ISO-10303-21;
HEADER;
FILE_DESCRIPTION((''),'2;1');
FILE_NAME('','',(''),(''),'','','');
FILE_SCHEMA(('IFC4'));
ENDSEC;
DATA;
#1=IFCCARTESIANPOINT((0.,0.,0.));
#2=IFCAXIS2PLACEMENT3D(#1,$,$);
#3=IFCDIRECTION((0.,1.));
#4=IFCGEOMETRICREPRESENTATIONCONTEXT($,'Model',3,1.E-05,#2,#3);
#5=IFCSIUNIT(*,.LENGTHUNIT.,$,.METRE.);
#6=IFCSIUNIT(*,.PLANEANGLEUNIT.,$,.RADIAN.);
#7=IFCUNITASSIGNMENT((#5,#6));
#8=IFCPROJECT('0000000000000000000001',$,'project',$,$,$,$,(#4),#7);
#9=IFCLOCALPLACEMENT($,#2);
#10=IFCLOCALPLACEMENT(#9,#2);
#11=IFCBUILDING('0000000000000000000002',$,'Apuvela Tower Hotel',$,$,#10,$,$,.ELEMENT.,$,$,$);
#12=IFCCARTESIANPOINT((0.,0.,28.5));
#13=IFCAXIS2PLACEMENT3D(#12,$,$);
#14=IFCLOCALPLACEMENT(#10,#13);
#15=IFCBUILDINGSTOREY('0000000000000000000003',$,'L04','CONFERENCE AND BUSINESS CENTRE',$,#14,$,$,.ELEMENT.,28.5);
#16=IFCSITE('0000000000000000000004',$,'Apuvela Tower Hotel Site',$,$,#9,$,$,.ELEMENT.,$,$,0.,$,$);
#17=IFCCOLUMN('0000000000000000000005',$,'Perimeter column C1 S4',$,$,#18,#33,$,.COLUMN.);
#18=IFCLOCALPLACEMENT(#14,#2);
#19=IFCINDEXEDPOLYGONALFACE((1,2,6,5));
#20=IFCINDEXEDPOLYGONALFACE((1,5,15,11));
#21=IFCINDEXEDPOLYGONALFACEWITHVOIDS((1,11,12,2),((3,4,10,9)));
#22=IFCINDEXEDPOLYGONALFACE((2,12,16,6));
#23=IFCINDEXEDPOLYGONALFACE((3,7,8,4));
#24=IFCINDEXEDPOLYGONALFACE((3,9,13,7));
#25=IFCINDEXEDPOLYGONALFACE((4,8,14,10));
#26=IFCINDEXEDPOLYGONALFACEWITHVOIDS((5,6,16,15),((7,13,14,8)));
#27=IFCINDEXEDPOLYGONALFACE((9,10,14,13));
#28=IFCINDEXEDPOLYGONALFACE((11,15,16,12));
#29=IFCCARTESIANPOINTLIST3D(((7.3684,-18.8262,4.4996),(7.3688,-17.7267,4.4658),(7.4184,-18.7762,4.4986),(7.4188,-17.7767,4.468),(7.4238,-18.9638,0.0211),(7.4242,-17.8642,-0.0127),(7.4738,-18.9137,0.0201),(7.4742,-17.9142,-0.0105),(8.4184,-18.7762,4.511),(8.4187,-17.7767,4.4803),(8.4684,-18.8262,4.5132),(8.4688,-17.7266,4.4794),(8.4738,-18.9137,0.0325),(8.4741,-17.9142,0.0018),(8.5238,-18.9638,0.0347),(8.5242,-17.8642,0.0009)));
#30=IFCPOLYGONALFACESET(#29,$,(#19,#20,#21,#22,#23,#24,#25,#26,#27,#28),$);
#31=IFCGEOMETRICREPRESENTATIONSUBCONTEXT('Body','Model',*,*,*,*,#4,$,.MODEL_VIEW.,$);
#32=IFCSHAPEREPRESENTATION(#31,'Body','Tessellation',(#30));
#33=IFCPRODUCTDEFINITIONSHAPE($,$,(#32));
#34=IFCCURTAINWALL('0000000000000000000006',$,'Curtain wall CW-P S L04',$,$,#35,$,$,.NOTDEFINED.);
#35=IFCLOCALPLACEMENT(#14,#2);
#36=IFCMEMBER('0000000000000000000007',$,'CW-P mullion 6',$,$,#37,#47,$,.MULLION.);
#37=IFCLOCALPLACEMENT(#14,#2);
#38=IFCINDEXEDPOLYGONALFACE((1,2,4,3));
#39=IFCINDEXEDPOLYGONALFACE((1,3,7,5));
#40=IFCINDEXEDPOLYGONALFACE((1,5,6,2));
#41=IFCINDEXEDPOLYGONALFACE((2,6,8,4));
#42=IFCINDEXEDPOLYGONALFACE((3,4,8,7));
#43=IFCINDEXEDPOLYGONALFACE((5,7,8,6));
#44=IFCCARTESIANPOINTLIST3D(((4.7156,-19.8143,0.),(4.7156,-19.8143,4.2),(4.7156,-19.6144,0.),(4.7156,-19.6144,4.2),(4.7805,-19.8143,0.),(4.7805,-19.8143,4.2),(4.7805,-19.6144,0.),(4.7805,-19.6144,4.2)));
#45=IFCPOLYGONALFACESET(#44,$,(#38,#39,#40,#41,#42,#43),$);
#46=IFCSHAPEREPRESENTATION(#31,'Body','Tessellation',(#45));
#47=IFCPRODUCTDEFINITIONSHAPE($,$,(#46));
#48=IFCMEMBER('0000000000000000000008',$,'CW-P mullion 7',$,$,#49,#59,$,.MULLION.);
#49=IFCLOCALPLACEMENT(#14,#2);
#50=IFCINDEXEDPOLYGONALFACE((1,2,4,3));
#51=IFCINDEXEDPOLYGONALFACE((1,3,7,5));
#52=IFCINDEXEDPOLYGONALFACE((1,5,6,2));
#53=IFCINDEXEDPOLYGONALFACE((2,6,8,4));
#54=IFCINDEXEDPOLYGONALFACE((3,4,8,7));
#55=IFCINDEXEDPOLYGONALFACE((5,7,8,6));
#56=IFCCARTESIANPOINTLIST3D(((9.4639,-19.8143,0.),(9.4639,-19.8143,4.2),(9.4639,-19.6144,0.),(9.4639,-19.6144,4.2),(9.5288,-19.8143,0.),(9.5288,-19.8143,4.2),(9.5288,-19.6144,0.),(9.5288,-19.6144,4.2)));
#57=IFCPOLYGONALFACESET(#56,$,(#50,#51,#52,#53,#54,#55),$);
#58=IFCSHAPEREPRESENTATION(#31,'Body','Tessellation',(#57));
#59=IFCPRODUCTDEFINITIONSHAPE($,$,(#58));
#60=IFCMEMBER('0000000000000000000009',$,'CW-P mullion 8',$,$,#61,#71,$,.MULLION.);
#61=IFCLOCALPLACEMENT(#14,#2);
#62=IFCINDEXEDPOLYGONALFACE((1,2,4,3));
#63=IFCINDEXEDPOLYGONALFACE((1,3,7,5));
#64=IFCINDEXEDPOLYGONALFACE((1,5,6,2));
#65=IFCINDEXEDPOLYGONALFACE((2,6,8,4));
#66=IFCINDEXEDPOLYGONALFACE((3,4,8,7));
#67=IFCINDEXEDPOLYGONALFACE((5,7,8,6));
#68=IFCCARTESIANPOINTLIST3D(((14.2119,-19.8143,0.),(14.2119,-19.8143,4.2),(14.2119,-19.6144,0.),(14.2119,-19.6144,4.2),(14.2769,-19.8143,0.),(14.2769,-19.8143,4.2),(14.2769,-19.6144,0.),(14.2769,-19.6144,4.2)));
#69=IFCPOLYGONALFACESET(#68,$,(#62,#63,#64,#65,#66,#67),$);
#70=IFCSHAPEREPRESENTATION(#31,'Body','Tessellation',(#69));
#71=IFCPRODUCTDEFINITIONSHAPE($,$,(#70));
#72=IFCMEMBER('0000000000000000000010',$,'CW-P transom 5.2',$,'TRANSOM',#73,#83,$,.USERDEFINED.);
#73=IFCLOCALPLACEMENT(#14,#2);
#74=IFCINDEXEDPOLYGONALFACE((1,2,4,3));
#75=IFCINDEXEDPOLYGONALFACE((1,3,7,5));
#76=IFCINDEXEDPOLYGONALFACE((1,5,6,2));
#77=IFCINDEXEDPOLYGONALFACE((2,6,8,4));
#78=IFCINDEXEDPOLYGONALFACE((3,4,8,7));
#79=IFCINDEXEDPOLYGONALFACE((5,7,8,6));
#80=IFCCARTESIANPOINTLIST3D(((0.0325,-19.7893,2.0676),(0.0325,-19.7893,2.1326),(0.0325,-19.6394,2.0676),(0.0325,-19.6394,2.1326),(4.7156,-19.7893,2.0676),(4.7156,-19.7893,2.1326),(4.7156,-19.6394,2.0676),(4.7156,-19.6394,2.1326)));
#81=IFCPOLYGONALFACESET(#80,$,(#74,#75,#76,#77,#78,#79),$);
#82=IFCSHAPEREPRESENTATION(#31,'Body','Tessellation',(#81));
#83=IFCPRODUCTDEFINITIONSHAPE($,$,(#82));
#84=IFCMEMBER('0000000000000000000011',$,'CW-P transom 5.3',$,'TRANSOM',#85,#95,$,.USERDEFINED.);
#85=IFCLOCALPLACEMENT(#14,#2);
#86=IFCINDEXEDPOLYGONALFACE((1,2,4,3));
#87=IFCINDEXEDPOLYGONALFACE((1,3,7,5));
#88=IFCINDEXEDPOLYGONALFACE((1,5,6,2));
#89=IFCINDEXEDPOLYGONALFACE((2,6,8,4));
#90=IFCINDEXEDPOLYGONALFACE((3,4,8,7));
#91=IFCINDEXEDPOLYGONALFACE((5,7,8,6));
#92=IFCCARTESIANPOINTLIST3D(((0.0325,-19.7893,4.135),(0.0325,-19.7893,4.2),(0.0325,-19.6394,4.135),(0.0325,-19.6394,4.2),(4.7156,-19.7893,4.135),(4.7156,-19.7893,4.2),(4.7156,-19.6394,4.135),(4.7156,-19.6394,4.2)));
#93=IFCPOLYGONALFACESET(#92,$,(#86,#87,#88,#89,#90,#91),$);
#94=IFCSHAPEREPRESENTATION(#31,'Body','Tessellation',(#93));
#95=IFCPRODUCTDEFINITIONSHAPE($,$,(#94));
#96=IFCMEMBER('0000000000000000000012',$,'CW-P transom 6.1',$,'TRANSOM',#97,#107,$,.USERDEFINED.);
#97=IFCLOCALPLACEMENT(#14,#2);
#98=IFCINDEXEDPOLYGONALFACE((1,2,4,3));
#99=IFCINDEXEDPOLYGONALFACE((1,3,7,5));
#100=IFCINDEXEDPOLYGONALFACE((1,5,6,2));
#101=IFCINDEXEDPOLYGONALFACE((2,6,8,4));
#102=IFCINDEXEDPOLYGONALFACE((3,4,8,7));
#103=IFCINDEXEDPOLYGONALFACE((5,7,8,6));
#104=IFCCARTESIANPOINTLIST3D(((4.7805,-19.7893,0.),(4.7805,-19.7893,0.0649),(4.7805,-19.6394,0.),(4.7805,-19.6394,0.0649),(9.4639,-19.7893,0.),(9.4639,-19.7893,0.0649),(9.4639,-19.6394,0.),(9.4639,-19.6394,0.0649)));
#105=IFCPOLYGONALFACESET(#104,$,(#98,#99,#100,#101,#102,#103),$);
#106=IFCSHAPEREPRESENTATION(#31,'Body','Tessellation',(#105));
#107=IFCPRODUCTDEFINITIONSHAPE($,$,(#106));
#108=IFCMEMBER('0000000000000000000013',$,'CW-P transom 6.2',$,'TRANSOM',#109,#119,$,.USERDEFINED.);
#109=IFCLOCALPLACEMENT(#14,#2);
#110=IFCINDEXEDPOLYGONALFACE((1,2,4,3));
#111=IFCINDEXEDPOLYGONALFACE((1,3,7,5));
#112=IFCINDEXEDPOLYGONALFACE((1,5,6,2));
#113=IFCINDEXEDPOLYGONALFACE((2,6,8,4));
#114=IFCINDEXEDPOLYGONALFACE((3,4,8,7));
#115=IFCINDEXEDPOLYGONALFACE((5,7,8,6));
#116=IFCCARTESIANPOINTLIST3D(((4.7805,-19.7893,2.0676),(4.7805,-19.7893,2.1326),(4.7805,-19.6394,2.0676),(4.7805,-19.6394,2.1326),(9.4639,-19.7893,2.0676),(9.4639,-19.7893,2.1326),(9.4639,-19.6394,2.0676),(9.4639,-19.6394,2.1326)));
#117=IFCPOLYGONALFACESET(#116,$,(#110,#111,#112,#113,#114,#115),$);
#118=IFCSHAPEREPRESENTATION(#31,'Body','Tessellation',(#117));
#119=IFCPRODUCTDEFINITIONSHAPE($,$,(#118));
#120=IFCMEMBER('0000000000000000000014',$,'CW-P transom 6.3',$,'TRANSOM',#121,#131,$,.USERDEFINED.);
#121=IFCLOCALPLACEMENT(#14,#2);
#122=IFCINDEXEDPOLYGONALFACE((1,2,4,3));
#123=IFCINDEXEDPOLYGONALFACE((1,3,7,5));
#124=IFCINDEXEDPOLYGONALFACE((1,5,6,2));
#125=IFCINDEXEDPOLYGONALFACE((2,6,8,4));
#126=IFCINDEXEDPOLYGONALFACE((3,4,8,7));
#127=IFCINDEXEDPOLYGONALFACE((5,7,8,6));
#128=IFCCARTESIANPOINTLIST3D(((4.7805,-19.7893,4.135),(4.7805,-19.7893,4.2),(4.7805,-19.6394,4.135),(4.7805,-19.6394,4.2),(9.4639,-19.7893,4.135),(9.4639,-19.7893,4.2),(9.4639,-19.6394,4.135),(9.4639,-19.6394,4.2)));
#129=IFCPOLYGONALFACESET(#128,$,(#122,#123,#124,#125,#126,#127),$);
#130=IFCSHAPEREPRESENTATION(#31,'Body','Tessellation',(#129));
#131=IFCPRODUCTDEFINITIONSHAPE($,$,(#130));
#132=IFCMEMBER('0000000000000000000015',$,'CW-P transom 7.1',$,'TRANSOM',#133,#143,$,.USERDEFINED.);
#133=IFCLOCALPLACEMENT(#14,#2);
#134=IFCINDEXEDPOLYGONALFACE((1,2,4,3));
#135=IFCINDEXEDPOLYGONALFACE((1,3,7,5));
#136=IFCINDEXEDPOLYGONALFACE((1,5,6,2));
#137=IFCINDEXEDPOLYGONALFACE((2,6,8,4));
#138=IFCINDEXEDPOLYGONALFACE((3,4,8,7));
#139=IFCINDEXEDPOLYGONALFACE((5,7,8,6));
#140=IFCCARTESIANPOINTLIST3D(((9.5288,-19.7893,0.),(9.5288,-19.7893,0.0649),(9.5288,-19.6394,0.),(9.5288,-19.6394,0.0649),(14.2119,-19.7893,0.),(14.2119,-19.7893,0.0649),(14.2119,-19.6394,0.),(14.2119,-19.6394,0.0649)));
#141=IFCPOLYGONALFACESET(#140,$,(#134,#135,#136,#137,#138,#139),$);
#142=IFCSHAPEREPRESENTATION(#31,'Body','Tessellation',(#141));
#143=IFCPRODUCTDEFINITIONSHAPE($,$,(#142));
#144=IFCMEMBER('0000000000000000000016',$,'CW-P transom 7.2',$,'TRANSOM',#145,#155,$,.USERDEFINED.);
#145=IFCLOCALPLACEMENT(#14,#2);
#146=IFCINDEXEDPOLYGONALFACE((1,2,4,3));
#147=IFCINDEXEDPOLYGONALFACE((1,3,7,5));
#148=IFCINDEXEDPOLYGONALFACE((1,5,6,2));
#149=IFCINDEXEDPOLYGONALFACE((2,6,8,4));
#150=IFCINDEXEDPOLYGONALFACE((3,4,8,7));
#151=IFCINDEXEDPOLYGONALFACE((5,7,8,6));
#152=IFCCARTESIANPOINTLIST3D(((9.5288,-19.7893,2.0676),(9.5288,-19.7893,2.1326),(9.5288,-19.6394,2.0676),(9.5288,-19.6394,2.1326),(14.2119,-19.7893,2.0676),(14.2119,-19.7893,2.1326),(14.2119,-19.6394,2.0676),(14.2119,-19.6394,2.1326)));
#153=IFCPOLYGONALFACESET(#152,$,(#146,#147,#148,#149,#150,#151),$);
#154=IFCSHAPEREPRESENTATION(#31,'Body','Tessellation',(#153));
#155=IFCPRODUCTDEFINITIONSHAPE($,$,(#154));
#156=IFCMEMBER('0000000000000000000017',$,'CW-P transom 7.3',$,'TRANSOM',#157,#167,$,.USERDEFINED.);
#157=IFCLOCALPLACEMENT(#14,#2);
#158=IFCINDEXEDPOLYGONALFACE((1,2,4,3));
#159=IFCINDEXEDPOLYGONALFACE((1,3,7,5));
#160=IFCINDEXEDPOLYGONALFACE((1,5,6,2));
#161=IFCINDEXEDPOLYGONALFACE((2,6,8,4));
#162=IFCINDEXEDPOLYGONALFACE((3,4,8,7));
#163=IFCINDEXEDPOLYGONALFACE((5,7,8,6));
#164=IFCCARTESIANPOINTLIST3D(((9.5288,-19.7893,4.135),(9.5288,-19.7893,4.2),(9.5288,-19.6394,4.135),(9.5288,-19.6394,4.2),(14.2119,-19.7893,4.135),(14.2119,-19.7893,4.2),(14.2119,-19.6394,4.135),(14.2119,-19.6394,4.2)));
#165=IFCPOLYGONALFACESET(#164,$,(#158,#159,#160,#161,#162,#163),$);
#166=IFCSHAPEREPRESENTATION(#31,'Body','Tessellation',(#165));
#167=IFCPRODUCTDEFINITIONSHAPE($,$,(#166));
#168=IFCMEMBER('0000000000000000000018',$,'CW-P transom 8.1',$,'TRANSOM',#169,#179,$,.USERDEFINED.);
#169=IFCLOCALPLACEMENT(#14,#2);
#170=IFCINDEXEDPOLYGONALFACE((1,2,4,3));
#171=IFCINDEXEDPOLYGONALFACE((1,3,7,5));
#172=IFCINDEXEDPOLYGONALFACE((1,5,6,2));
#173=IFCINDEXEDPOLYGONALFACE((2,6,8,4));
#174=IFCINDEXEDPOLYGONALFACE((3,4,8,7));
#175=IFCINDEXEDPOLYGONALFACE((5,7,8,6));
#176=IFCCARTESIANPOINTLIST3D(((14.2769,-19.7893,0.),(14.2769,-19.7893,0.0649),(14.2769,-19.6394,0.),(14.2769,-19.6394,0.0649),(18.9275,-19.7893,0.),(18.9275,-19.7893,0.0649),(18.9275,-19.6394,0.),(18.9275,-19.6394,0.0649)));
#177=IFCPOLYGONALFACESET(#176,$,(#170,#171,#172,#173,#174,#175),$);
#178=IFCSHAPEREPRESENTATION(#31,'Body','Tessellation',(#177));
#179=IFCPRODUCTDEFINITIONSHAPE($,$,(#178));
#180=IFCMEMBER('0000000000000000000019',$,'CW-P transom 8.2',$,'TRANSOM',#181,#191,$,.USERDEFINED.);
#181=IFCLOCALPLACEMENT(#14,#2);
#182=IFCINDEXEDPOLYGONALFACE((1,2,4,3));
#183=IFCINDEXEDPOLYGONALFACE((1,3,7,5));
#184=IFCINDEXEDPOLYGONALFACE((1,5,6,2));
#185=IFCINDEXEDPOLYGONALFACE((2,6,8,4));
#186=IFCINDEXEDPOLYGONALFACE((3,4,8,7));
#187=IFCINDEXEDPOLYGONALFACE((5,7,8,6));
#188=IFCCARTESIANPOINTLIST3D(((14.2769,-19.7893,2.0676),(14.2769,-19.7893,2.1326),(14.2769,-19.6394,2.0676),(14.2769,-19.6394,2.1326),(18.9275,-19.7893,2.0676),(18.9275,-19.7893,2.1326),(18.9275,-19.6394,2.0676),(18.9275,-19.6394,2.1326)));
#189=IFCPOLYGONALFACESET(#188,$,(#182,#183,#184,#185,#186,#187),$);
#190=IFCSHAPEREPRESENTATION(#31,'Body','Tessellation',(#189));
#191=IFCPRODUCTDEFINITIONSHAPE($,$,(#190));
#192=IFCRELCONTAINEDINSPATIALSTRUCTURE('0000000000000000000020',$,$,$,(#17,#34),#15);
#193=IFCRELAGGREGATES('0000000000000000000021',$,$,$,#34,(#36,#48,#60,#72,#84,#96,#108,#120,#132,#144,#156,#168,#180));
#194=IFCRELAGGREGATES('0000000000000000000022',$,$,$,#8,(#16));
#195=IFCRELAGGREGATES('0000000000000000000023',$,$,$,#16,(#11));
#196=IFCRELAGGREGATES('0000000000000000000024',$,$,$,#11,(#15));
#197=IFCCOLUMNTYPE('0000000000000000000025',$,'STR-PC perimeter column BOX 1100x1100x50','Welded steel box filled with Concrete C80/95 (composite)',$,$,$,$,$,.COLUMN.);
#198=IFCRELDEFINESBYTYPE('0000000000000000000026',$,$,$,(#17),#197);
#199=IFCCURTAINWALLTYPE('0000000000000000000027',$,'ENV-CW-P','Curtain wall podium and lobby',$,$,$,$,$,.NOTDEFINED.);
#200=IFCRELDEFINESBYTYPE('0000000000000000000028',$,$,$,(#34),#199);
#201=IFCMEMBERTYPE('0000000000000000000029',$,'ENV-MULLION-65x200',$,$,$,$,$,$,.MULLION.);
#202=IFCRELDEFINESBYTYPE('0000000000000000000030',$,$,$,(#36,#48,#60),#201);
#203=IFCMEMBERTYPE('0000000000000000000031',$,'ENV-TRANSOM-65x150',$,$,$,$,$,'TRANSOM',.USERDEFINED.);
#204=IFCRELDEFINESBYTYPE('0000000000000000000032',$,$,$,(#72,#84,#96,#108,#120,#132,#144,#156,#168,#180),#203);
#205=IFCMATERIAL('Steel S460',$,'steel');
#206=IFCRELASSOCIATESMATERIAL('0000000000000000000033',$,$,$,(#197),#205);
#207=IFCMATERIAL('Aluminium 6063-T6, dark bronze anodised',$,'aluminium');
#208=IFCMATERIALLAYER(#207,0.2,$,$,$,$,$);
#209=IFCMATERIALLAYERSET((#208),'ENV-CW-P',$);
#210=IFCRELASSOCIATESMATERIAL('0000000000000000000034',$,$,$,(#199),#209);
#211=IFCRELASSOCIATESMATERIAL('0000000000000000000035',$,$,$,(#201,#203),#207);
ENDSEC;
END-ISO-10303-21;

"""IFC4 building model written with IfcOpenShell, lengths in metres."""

from ifc_helpers import new_model, si_unit, direction, frame, origin, origin_2d, place, context, subcontext, project, spatial, rectangle, hollow_rectangle, extrude, boolean, halfspace, material, layer, layer_set, material_profile, profile_set, type_object, element, aggregate, save


model = new_model("IFC4")

# Units and contexts
model_context = context("Model", 3, precision=1e-05, world=origin(), true_north=direction((0.0, 1.0)))
body_context = subcontext(model_context, "Body", "Model", "MODEL_VIEW")
ifc_project = project(units=[si_unit("LENGTHUNIT", "METRE"), si_unit("PLANEANGLEUNIT", "RADIAN")], contexts=[model_context])

# Site, building, storey
site_placement = place(None, origin())
site = spatial("IfcSite", under=ifc_project, at=site_placement, Name="Apuvela Tower Hotel Site", CompositionType="ELEMENT", RefElevation=0.0)
building_placement = place(site_placement, origin())
building = spatial("IfcBuilding", under=site, at=building_placement, Name="Apuvela Tower Hotel", CompositionType="ELEMENT")
storey_placement = place(building_placement, frame((0.0, 0.0, 28.5)))
storey = spatial("IfcBuildingStorey", under=building, at=storey_placement, Name="L04", Description="CONFERENCE AND BUSINESS CENTRE", CompositionType="ELEMENT", Elevation=28.5)

# Column
ifc_material_1 = material(Name="Steel S460", Category="steel")
ifc_material_profile_1 = material_profile(ifc_material_1, hollow_rectangle(XDim=1.1001, YDim=1.1001, WallThickness=0.05, at=origin_2d()), Name="BOX 1100x1100x50")
ifc_material_2 = material(Name="Concrete C80/95", Category="concrete")
ifc_material_profile_2 = material_profile(ifc_material_2, rectangle(XDim=1.0, YDim=1.0, at=origin_2d()), Name="Concrete C80/95 infill")
ifc_profile_set_1 = profile_set([ifc_material_profile_1, ifc_material_profile_2], Name="Steel S460")
column_type = type_object("IfcColumnType", Name="STR-PC perimeter column BOX 1100x1100x50", Description="Welded steel box filled with Concrete C80/95 (composite)", PredefinedType="COLUMN", material=ifc_profile_set_1)
column_placement = place(storey_placement, frame((7.9741, -18.4143, 0.0), z_axis=(-0.012363, 0.030691, 0.999452), x_axis=(0.999924, 0.000014, 0.012368)))
element("IfcColumn", 1, at=column_placement, inside=storey, type_object=column_type, Name="Perimeter column C1 S4", PredefinedType="COLUMN", context=body_context, shape_type="SweptSolid", body=[
    boolean("DIFFERENCE", boolean("DIFFERENCE", extrude(hollow_rectangle(XDim=1.1001, YDim=1.1001, WallThickness=0.05, at=origin_2d()), origin(), (0.0, 0.0, 1.0), 4.5024), halfspace(frame((0.0, 0.0, 0.011), z_axis=(0.0, 0.0, 1.0), x_axis=(1.0, 0.0, 0.0)), True)), halfspace(frame((0.0, 0.0, 4.4919), z_axis=(0.0, 0.0, 1.0), x_axis=(1.0, 0.0, 0.0)), False)),
])

# Curtain wall, members
ifc_material_3 = material(Name="Aluminium 6063-T6, dark bronze anodised", Category="aluminium")
ifc_layer_1 = layer(ifc_material_3, 0.2)
ifc_layer_set_1 = layer_set([ifc_layer_1], Name="ENV-CW-P")
curtain_wall_type = type_object("IfcCurtainWallType", Name="ENV-CW-P", Description="Curtain wall podium and lobby", PredefinedType="NOTDEFINED", material=ifc_layer_set_1)
curtain_wall_placement = place(storey_placement, origin())
curtain_wall = element("IfcCurtainWall", 2, at=curtain_wall_placement, inside=storey, type_object=curtain_wall_type, Name="Curtain wall CW-P S L04", PredefinedType="NOTDEFINED")
ifc_material_profile_3 = material_profile(ifc_material_3, rectangle(XDim=0.2, YDim=0.0649, at=origin_2d()), Name="AL 65x200")
ifc_profile_set_2 = profile_set([ifc_material_profile_3], Name="Aluminium 6063-T6, dark bronze anodised")
member_type_1 = type_object("IfcMemberType", Name="ENV-MULLION-65x200", PredefinedType="MULLION", material=ifc_profile_set_2)
member_1_placement = place(storey_placement, frame((4.748, -19.7144, 0.0), z_axis=(0.0, 0.0, 1.0), x_axis=(0.0, 1.0, 0.0)))
member_1 = element("IfcMember", 3, at=member_1_placement, type_object=member_type_1, Name="CW-P mullion 6", PredefinedType="MULLION", context=body_context, shape_type="SweptSolid", body=[
    extrude(rectangle(XDim=0.2, YDim=0.0649, at=origin_2d()), origin(), (0.0, 0.0, 1.0), 4.2),
])
member_2_placement = place(storey_placement, frame((9.4963, -19.7144, 0.0), z_axis=(0.0, 0.0, 1.0), x_axis=(0.0, 1.0, 0.0)))
member_2 = element("IfcMember", 4, at=member_2_placement, type_object=member_type_1, Name="CW-P mullion 7", PredefinedType="MULLION", context=body_context, shape_type="SweptSolid", body=[
    extrude(rectangle(XDim=0.2, YDim=0.0649, at=origin_2d()), origin(), (0.0, 0.0, 1.0), 4.2),
])
member_3_placement = place(storey_placement, frame((14.2444, -19.7144, 0.0), z_axis=(0.0, 0.0, 1.0), x_axis=(0.0, 1.0, 0.0)))
member_3 = element("IfcMember", 5, at=member_3_placement, type_object=member_type_1, Name="CW-P mullion 8", PredefinedType="MULLION", context=body_context, shape_type="SweptSolid", body=[
    extrude(rectangle(XDim=0.2, YDim=0.0649, at=origin_2d()), origin(), (0.0, 0.0, 1.0), 4.2),
])
ifc_material_profile_4 = material_profile(ifc_material_3, rectangle(XDim=0.1499, YDim=0.0649, at=origin_2d()), Name="AL 65x150 transom")
ifc_profile_set_3 = profile_set([ifc_material_profile_4], Name="Aluminium 6063-T6, dark bronze anodised")
member_type_2 = type_object("IfcMemberType", Name="ENV-TRANSOM-65x150", ElementType="TRANSOM", PredefinedType="USERDEFINED", material=ifc_profile_set_3)
member_4_placement = place(storey_placement, frame((0.0325, -19.7144, 2.1001), z_axis=(1.0, 0.0, 0.0), x_axis=(0.0, 1.0, 0.0)))
member_4 = element("IfcMember", 6, at=member_4_placement, type_object=member_type_2, Name="CW-P transom 5.2", ObjectType="TRANSOM", PredefinedType="USERDEFINED", context=body_context, shape_type="SweptSolid", body=[
    extrude(rectangle(XDim=0.1499, YDim=0.0649, at=origin_2d()), origin(), (0.0, 0.0, 1.0), 4.6831),
])
member_5_placement = place(storey_placement, frame((0.0325, -19.7144, 4.1675), z_axis=(1.0, 0.0, 0.0), x_axis=(0.0, 1.0, 0.0)))
member_5 = element("IfcMember", 7, at=member_5_placement, type_object=member_type_2, Name="CW-P transom 5.3", ObjectType="TRANSOM", PredefinedType="USERDEFINED", context=body_context, shape_type="SweptSolid", body=[
    extrude(rectangle(XDim=0.1499, YDim=0.0649, at=origin_2d()), origin(), (0.0, 0.0, 1.0), 4.6831),
])
member_6_placement = place(storey_placement, frame((4.7805, -19.7144, 0.0325), z_axis=(1.0, 0.0, 0.0), x_axis=(0.0, 1.0, 0.0)))
member_6 = element("IfcMember", 8, at=member_6_placement, type_object=member_type_2, Name="CW-P transom 6.1", ObjectType="TRANSOM", PredefinedType="USERDEFINED", context=body_context, shape_type="SweptSolid", body=[
    extrude(rectangle(XDim=0.1499, YDim=0.0649, at=origin_2d()), origin(), (0.0, 0.0, 1.0), 4.6833),
])
member_7_placement = place(storey_placement, frame((4.7805, -19.7144, 2.1001), z_axis=(1.0, 0.0, 0.0), x_axis=(0.0, 1.0, 0.0)))
member_7 = element("IfcMember", 9, at=member_7_placement, type_object=member_type_2, Name="CW-P transom 6.2", ObjectType="TRANSOM", PredefinedType="USERDEFINED", context=body_context, shape_type="SweptSolid", body=[
    extrude(rectangle(XDim=0.1499, YDim=0.0649, at=origin_2d()), origin(), (0.0, 0.0, 1.0), 4.6833),
])
member_8_placement = place(storey_placement, frame((4.7805, -19.7144, 4.1675), z_axis=(1.0, 0.0, 0.0), x_axis=(0.0, 1.0, 0.0)))
member_8 = element("IfcMember", 10, at=member_8_placement, type_object=member_type_2, Name="CW-P transom 6.3", ObjectType="TRANSOM", PredefinedType="USERDEFINED", context=body_context, shape_type="SweptSolid", body=[
    extrude(rectangle(XDim=0.1499, YDim=0.0649, at=origin_2d()), origin(), (0.0, 0.0, 1.0), 4.6833),
])
member_9_placement = place(storey_placement, frame((9.5288, -19.7144, 0.0325), z_axis=(1.0, 0.0, 0.0), x_axis=(0.0, 1.0, 0.0)))
member_9 = element("IfcMember", 11, at=member_9_placement, type_object=member_type_2, Name="CW-P transom 7.1", ObjectType="TRANSOM", PredefinedType="USERDEFINED", context=body_context, shape_type="SweptSolid", body=[
    extrude(rectangle(XDim=0.1499, YDim=0.0649, at=origin_2d()), origin(), (0.0, 0.0, 1.0), 4.6831),
])
member_10_placement = place(storey_placement, frame((9.5288, -19.7144, 2.1001), z_axis=(1.0, 0.0, 0.0), x_axis=(0.0, 1.0, 0.0)))
member_10 = element("IfcMember", 12, at=member_10_placement, type_object=member_type_2, Name="CW-P transom 7.2", ObjectType="TRANSOM", PredefinedType="USERDEFINED", context=body_context, shape_type="SweptSolid", body=[
    extrude(rectangle(XDim=0.1499, YDim=0.0649, at=origin_2d()), origin(), (0.0, 0.0, 1.0), 4.6831),
])
member_11_placement = place(storey_placement, frame((9.5288, -19.7144, 4.1675), z_axis=(1.0, 0.0, 0.0), x_axis=(0.0, 1.0, 0.0)))
member_11 = element("IfcMember", 13, at=member_11_placement, type_object=member_type_2, Name="CW-P transom 7.3", ObjectType="TRANSOM", PredefinedType="USERDEFINED", context=body_context, shape_type="SweptSolid", body=[
    extrude(rectangle(XDim=0.1499, YDim=0.0649, at=origin_2d()), origin(), (0.0, 0.0, 1.0), 4.6831),
])
member_12_placement = place(storey_placement, frame((14.2769, -19.7144, 0.0325), z_axis=(1.0, 0.0, 0.0), x_axis=(0.0, 1.0, 0.0)))
member_12 = element("IfcMember", 14, at=member_12_placement, type_object=member_type_2, Name="CW-P transom 8.1", ObjectType="TRANSOM", PredefinedType="USERDEFINED", context=body_context, shape_type="SweptSolid", body=[
    extrude(rectangle(XDim=0.1499, YDim=0.0649, at=origin_2d()), origin(), (0.0, 0.0, 1.0), 4.6506),
])
member_13_placement = place(storey_placement, frame((14.2769, -19.7144, 2.1001), z_axis=(1.0, 0.0, 0.0), x_axis=(0.0, 1.0, 0.0)))
member_13 = element("IfcMember", 15, at=member_13_placement, type_object=member_type_2, Name="CW-P transom 8.2", ObjectType="TRANSOM", PredefinedType="USERDEFINED", context=body_context, shape_type="SweptSolid", body=[
    extrude(rectangle(XDim=0.1499, YDim=0.0649, at=origin_2d()), origin(), (0.0, 0.0, 1.0), 4.6506),
])

aggregate(curtain_wall, [member_1, member_2, member_3, member_4, member_5, member_6, member_7, member_8, member_9, member_10, member_11, member_12, member_13])

save(model, "model.ifc")
